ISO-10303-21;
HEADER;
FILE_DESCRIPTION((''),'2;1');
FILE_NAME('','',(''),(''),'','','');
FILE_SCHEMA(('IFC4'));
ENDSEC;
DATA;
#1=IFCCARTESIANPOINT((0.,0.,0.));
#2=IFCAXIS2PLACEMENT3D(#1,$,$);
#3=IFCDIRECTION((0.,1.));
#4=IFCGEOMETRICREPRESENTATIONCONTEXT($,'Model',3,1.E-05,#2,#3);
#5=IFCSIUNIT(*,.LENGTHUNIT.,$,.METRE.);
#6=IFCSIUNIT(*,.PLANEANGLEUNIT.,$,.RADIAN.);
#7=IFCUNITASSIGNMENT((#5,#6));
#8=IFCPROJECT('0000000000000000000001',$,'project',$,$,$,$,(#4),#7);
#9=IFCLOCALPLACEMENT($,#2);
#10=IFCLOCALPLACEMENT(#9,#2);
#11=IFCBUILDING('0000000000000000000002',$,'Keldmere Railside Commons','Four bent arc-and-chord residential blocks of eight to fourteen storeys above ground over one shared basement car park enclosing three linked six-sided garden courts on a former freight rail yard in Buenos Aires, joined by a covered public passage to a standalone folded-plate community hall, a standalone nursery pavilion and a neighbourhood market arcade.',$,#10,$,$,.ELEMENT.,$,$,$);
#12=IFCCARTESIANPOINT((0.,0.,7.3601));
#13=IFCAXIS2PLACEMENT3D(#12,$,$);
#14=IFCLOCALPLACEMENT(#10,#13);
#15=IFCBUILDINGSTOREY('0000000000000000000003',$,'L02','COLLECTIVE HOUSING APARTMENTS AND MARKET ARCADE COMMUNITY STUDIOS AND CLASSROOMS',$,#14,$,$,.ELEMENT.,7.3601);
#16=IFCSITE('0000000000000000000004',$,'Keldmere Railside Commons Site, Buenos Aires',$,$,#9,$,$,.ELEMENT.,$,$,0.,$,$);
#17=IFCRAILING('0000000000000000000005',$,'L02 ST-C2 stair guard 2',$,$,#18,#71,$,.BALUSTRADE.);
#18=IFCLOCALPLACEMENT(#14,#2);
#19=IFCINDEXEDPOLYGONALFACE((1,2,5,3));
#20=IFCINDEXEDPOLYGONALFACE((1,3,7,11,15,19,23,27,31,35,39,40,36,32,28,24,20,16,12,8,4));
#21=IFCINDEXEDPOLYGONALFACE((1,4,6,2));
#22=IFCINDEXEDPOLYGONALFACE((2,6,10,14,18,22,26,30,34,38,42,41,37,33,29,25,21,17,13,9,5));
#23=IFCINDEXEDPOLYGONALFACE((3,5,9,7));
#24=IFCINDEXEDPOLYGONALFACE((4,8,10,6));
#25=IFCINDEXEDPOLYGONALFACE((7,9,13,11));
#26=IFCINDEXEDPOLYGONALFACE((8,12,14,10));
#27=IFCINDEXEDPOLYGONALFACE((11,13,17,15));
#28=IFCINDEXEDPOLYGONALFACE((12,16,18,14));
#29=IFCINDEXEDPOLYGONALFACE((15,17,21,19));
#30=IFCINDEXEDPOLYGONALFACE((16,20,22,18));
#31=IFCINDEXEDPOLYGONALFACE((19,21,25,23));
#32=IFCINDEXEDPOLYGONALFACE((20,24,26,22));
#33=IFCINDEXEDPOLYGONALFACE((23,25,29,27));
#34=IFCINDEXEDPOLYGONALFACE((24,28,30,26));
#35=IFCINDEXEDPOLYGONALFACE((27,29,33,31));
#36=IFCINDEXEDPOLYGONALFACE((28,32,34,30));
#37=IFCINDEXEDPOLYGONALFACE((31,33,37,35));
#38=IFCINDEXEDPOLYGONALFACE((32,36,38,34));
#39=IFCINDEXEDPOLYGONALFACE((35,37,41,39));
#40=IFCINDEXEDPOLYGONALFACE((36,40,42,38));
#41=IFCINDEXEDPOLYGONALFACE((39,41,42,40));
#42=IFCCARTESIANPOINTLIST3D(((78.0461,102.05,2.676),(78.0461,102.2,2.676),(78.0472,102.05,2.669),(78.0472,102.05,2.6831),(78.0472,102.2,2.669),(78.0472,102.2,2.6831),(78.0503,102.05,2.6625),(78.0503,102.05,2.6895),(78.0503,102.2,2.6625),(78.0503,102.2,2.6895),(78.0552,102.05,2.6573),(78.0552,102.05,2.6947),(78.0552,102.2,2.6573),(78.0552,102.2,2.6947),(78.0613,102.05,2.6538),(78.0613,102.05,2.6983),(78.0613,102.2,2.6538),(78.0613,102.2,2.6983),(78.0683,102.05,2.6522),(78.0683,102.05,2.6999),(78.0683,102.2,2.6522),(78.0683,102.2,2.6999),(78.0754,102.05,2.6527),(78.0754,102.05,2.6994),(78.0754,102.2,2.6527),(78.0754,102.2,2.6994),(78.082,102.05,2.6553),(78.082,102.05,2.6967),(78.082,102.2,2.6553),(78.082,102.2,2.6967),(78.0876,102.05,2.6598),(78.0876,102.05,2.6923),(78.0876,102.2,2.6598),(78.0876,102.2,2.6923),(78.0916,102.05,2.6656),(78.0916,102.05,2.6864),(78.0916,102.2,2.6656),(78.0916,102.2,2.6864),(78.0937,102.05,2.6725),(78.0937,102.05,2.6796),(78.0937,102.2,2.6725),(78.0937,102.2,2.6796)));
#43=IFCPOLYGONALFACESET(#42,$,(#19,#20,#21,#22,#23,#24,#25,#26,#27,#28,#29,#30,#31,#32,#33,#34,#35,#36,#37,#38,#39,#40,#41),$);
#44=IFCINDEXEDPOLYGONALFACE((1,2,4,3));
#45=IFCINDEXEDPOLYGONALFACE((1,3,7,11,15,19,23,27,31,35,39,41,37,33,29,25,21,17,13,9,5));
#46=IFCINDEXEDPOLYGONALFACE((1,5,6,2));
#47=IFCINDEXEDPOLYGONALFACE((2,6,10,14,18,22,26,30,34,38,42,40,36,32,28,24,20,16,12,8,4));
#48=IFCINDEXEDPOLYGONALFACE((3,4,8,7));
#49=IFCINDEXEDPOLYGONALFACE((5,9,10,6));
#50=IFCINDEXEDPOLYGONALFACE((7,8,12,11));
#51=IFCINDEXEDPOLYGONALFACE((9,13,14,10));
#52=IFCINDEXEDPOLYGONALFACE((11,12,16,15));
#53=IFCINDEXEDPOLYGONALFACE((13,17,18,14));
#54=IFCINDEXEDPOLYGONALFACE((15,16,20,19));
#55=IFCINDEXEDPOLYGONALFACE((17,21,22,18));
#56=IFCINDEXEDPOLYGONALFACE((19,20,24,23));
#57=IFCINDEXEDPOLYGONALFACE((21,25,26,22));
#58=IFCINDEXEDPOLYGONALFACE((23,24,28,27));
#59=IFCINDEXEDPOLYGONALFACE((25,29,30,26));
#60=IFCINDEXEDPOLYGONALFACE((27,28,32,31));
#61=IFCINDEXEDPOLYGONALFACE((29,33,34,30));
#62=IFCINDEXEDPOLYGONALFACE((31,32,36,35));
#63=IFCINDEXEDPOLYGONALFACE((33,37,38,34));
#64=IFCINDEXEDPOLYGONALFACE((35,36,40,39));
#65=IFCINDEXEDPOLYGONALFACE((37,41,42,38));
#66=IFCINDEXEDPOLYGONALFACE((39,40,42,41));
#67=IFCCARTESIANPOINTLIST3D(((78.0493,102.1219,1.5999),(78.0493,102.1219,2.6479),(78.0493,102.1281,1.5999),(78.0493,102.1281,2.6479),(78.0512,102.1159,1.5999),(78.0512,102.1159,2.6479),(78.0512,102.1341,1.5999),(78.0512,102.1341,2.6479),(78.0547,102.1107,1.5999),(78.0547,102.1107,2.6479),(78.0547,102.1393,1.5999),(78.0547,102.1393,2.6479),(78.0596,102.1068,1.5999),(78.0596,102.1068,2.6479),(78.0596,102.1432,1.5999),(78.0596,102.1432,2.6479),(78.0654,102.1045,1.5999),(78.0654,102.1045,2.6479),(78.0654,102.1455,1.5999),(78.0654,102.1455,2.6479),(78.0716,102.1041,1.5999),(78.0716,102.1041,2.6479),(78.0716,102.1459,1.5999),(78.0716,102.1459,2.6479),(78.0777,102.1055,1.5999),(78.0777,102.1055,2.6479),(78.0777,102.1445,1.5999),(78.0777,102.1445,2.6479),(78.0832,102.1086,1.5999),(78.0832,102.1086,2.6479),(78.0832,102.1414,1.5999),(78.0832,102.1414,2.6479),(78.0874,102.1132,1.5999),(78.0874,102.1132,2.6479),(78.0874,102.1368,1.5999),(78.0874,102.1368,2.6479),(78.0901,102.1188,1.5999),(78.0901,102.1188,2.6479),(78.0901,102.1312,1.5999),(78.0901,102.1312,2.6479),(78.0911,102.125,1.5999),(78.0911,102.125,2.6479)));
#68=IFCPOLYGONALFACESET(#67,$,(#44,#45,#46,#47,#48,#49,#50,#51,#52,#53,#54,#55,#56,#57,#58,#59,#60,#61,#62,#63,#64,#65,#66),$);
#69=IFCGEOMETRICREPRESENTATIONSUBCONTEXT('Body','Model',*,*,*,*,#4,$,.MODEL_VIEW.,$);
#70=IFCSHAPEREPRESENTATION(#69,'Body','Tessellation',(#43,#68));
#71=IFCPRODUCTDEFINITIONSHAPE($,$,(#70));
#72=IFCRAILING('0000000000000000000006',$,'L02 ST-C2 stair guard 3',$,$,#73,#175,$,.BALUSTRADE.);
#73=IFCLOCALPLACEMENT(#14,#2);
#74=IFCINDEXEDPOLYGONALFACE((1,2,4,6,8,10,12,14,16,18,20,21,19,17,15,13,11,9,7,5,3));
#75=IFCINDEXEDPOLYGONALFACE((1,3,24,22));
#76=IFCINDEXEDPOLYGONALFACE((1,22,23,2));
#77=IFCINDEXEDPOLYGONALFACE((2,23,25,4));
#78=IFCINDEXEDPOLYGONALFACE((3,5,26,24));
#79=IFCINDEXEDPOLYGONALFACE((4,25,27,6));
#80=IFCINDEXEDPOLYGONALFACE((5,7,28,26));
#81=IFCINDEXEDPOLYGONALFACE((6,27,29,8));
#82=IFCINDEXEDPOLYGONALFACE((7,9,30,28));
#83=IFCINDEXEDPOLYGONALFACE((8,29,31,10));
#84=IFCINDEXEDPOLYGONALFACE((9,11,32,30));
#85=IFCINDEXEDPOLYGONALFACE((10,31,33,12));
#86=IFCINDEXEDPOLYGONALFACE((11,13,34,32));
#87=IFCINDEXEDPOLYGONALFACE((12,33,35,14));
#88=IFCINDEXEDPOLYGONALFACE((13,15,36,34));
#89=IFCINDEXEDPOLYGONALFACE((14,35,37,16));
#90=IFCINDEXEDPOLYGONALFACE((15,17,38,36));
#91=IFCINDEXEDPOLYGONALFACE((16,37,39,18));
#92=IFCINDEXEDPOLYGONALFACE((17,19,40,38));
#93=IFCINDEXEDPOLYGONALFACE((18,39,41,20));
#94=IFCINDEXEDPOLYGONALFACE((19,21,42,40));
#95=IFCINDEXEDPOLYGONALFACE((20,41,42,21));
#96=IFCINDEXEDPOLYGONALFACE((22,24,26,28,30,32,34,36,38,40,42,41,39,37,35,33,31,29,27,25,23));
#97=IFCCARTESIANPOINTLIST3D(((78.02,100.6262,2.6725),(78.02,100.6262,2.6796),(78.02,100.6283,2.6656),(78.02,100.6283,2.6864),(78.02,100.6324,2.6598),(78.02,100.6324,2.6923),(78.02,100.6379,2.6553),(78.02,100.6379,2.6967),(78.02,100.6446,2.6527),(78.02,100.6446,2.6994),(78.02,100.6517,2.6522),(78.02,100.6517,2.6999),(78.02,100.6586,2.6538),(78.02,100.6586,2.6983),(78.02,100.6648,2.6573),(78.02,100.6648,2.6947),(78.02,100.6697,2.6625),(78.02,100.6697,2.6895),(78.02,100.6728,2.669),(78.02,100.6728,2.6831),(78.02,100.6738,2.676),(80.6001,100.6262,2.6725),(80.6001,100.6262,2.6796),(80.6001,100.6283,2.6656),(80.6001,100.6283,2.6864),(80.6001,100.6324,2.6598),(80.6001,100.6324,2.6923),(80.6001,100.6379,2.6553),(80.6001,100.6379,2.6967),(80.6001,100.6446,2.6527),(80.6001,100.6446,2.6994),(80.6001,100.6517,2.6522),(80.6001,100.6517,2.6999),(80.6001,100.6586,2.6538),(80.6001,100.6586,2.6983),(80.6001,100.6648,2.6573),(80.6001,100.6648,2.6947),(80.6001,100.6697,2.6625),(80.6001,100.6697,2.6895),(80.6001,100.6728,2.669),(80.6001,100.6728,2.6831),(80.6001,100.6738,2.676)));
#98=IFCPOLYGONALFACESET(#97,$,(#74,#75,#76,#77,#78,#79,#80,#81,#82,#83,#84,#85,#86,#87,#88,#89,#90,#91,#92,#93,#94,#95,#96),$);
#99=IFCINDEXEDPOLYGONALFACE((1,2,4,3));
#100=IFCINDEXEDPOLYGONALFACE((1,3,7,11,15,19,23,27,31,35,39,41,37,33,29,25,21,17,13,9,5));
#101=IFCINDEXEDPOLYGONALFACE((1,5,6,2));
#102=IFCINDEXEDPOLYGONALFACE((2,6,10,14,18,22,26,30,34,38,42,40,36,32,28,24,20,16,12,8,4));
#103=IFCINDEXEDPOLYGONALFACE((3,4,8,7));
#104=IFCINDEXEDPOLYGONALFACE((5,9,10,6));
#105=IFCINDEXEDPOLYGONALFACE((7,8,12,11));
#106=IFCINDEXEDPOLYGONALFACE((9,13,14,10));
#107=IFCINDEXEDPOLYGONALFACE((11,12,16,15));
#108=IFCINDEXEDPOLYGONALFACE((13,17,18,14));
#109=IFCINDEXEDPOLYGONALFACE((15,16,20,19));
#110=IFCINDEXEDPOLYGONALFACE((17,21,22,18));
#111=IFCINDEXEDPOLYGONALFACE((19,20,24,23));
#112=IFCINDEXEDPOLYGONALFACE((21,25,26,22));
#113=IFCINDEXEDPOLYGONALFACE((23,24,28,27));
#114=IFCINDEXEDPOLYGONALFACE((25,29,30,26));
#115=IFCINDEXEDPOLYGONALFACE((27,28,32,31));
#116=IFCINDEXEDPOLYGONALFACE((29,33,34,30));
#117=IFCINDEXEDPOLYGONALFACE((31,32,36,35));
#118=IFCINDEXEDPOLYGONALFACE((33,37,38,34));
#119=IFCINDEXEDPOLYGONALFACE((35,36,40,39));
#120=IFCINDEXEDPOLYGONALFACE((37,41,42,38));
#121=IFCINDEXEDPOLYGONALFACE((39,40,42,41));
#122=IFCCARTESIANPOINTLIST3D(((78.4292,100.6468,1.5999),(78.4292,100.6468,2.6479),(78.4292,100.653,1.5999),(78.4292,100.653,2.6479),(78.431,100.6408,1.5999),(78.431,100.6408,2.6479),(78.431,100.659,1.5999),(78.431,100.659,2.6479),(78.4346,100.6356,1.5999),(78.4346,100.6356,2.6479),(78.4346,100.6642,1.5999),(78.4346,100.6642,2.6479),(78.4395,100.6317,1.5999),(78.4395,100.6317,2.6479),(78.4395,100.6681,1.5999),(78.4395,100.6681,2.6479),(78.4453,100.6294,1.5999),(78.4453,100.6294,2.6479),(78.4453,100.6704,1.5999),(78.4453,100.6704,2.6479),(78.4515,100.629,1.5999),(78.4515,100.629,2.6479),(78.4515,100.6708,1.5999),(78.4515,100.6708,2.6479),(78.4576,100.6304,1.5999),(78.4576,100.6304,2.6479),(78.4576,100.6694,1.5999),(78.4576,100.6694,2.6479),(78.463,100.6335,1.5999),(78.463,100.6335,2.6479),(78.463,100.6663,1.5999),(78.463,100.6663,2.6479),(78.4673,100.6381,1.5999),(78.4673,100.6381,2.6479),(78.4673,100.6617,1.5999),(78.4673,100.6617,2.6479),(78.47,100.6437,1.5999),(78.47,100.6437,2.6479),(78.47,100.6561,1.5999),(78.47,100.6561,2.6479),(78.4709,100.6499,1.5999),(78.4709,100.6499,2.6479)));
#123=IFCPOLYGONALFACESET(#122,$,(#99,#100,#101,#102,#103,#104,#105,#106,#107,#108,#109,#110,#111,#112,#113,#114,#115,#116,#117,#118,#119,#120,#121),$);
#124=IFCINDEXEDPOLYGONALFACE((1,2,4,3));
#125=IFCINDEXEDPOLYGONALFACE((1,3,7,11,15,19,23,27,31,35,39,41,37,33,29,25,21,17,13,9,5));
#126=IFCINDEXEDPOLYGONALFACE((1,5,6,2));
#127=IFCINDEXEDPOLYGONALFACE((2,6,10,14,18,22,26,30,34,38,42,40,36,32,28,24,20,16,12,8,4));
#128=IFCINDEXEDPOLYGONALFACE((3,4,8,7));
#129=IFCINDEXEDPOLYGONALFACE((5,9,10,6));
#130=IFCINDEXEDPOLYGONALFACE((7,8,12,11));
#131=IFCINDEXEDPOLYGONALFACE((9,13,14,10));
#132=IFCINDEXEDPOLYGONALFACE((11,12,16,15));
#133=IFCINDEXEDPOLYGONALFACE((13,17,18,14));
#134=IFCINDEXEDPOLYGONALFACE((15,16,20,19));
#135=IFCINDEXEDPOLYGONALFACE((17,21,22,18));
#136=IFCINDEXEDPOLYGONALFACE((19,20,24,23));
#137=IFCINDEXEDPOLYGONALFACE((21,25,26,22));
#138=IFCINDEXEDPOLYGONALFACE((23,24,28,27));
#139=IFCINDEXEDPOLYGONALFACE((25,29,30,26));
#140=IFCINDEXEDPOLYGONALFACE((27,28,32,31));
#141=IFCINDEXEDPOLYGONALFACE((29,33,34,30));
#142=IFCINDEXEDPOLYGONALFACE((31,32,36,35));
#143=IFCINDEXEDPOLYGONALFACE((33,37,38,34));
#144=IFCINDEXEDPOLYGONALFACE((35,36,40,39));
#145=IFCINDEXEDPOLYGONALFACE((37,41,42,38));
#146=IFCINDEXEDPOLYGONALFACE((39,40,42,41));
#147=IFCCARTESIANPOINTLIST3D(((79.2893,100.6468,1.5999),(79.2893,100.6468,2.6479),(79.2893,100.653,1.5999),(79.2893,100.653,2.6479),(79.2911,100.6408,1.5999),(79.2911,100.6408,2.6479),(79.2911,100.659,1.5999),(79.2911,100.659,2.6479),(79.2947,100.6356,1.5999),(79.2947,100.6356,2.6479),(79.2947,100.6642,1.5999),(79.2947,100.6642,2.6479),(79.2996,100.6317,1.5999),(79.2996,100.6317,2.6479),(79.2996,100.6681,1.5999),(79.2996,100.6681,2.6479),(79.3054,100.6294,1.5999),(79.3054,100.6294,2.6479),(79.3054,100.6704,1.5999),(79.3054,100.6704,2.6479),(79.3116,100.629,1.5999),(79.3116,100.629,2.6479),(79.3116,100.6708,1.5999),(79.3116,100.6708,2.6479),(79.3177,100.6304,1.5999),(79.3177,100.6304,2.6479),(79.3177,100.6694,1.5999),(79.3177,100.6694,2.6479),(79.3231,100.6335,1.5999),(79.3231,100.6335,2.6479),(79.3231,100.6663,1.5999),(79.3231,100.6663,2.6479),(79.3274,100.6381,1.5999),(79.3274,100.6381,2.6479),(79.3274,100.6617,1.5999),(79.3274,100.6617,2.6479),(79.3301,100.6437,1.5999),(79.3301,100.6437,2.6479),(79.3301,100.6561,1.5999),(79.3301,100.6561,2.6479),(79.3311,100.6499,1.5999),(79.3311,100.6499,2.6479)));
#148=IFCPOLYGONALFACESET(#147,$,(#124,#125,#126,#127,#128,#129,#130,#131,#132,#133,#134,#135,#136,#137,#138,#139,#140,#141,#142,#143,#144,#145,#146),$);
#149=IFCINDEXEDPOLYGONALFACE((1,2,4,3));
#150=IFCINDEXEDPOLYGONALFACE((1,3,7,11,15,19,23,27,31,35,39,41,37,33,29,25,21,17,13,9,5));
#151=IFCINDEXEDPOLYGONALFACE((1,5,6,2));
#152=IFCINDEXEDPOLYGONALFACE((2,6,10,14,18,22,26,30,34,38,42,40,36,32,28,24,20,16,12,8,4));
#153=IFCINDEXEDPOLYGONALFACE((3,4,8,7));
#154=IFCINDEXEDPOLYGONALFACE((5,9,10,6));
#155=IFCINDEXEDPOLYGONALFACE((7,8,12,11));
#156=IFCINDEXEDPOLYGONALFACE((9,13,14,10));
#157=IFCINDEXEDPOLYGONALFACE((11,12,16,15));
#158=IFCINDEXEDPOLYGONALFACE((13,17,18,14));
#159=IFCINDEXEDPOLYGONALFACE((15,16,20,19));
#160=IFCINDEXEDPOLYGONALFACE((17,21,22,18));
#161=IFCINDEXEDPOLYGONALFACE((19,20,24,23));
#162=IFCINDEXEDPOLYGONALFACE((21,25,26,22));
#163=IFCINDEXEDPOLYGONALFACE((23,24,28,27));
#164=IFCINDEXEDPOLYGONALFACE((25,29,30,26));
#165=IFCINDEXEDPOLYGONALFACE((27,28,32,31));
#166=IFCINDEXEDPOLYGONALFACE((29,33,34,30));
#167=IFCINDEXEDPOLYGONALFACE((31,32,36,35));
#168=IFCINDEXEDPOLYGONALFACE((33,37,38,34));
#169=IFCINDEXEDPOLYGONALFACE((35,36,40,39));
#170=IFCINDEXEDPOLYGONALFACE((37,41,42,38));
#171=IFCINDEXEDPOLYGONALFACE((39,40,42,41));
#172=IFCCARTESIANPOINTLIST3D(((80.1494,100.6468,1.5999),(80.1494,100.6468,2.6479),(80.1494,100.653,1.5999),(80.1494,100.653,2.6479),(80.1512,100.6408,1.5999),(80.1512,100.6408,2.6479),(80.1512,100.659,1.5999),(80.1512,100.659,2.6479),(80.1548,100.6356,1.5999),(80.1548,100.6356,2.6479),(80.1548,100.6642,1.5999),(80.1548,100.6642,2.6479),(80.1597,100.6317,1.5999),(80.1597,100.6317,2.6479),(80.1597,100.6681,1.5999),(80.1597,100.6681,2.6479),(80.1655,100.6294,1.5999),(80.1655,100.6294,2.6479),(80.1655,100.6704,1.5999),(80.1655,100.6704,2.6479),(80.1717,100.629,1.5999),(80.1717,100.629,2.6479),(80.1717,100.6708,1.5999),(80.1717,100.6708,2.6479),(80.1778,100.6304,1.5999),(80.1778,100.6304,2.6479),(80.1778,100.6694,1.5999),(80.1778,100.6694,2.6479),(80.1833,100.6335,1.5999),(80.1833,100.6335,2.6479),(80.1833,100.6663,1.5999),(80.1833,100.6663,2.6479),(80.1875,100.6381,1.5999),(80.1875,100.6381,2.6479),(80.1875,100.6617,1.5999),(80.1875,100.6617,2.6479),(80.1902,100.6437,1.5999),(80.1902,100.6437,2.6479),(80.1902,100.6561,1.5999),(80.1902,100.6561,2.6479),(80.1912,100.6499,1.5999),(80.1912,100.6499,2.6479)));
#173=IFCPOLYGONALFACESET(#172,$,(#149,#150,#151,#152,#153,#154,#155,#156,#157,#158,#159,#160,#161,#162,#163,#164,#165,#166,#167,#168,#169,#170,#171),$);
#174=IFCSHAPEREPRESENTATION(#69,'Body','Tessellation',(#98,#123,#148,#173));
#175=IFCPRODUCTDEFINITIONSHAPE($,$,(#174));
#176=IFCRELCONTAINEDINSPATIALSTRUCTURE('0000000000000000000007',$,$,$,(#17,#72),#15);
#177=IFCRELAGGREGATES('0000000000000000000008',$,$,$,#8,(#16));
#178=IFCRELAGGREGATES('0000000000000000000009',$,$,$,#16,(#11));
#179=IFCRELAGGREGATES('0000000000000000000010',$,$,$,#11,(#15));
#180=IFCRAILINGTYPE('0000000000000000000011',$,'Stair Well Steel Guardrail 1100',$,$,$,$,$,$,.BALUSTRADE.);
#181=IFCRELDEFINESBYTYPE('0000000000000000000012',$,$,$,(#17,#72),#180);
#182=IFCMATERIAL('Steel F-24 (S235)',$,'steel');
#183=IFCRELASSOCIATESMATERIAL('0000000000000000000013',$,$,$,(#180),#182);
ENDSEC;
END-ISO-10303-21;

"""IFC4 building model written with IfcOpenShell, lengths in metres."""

from ifc_helpers import new_model, si_unit, direction, frame, origin, origin_2d, place, context, subcontext, project, spatial, circle, extrude, material, type_object, element, save


model = new_model("IFC4")

# Units and contexts
model_context = context("Model", 3, precision=1e-05, world=origin(), true_north=direction((0.0, 1.0)))
body_context = subcontext(model_context, "Body", "Model", "MODEL_VIEW")
ifc_project = project(units=[si_unit("LENGTHUNIT", "METRE"), si_unit("PLANEANGLEUNIT", "RADIAN")], contexts=[model_context])

# Site, building, storey
site_placement = place(None, origin())
site = spatial("IfcSite", under=ifc_project, at=site_placement, Name="Keldmere Railside Commons Site, Buenos Aires", CompositionType="ELEMENT", RefElevation=0.0)
building_placement = place(site_placement, origin())
building = spatial("IfcBuilding", under=site, at=building_placement, Name="Keldmere Railside Commons", Description="Four bent arc-and-chord residential blocks of eight to fourteen storeys above ground over one shared basement car park enclosing three linked six-sided garden courts on a former freight rail yard in Buenos Aires, joined by a covered public passage to a standalone folded-plate community hall, a standalone nursery pavilion and a neighbourhood market arcade.", CompositionType="ELEMENT")
storey_placement = place(building_placement, frame((0.0, 0.0, 7.3601)))
storey = spatial("IfcBuildingStorey", under=building, at=storey_placement, Name="L02", Description="COLLECTIVE HOUSING APARTMENTS AND MARKET ARCADE COMMUNITY STUDIOS AND CLASSROOMS", CompositionType="ELEMENT", Elevation=7.3601)

# Railings
ifc_material_1 = material(Name="Steel F-24 (S235)", Category="steel")
railing_type_1 = type_object("IfcRailingType", Name="Stair Well Steel Guardrail 1100", PredefinedType="BALUSTRADE", material=ifc_material_1)
railing_1_placement = place(storey_placement, frame((78.0701, 102.05, 1.5999)))
element("IfcRailing", 1, at=railing_1_placement, inside=storey, type_object=railing_type_1, Name="L02 ST-C2 stair guard 2", PredefinedType="BALUSTRADE", context=body_context, shape_type="SweptSolid", body=[
    extrude(circle(Radius=0.0239, at=origin_2d()), frame((0.0, 0.0, 1.0762), z_axis=(0.0, 1.0, 0.0), x_axis=(-1.0, 0.0, 0.0)), (0.0, 0.0, 1.0), 0.1499),
    extrude(circle(Radius=0.021, at=origin_2d()), frame((0.0, 0.075, 0.0)), (0.0, 0.0, 1.0), 1.0481),
])
railing_2_placement = place(storey_placement, frame((78.02, 100.6499, 1.5999)))
element("IfcRailing", 2, at=railing_2_placement, inside=storey, type_object=railing_type_1, Name="L02 ST-C2 stair guard 3", PredefinedType="BALUSTRADE", context=body_context, shape_type="SweptSolid", body=[
    extrude(circle(Radius=0.0239, at=origin_2d()), frame((0.0, 0.0, 1.0762), z_axis=(1.0, 0.0, 0.0), x_axis=(0.0, 1.0, 0.0)), (0.0, 0.0, 1.0), 2.5801),
    extrude(circle(Radius=0.021, at=origin_2d()), frame((0.4299, 0.0, 0.0)), (0.0, 0.0, 1.0), 1.0481),
    extrude(circle(Radius=0.021, at=origin_2d()), frame((1.29, 0.0, 0.0)), (0.0, 0.0, 1.0), 1.0481),
    extrude(circle(Radius=0.021, at=origin_2d()), frame((2.1501, 0.0, 0.0)), (0.0, 0.0, 1.0), 1.0481),
])

save(model, "model.ifc")
